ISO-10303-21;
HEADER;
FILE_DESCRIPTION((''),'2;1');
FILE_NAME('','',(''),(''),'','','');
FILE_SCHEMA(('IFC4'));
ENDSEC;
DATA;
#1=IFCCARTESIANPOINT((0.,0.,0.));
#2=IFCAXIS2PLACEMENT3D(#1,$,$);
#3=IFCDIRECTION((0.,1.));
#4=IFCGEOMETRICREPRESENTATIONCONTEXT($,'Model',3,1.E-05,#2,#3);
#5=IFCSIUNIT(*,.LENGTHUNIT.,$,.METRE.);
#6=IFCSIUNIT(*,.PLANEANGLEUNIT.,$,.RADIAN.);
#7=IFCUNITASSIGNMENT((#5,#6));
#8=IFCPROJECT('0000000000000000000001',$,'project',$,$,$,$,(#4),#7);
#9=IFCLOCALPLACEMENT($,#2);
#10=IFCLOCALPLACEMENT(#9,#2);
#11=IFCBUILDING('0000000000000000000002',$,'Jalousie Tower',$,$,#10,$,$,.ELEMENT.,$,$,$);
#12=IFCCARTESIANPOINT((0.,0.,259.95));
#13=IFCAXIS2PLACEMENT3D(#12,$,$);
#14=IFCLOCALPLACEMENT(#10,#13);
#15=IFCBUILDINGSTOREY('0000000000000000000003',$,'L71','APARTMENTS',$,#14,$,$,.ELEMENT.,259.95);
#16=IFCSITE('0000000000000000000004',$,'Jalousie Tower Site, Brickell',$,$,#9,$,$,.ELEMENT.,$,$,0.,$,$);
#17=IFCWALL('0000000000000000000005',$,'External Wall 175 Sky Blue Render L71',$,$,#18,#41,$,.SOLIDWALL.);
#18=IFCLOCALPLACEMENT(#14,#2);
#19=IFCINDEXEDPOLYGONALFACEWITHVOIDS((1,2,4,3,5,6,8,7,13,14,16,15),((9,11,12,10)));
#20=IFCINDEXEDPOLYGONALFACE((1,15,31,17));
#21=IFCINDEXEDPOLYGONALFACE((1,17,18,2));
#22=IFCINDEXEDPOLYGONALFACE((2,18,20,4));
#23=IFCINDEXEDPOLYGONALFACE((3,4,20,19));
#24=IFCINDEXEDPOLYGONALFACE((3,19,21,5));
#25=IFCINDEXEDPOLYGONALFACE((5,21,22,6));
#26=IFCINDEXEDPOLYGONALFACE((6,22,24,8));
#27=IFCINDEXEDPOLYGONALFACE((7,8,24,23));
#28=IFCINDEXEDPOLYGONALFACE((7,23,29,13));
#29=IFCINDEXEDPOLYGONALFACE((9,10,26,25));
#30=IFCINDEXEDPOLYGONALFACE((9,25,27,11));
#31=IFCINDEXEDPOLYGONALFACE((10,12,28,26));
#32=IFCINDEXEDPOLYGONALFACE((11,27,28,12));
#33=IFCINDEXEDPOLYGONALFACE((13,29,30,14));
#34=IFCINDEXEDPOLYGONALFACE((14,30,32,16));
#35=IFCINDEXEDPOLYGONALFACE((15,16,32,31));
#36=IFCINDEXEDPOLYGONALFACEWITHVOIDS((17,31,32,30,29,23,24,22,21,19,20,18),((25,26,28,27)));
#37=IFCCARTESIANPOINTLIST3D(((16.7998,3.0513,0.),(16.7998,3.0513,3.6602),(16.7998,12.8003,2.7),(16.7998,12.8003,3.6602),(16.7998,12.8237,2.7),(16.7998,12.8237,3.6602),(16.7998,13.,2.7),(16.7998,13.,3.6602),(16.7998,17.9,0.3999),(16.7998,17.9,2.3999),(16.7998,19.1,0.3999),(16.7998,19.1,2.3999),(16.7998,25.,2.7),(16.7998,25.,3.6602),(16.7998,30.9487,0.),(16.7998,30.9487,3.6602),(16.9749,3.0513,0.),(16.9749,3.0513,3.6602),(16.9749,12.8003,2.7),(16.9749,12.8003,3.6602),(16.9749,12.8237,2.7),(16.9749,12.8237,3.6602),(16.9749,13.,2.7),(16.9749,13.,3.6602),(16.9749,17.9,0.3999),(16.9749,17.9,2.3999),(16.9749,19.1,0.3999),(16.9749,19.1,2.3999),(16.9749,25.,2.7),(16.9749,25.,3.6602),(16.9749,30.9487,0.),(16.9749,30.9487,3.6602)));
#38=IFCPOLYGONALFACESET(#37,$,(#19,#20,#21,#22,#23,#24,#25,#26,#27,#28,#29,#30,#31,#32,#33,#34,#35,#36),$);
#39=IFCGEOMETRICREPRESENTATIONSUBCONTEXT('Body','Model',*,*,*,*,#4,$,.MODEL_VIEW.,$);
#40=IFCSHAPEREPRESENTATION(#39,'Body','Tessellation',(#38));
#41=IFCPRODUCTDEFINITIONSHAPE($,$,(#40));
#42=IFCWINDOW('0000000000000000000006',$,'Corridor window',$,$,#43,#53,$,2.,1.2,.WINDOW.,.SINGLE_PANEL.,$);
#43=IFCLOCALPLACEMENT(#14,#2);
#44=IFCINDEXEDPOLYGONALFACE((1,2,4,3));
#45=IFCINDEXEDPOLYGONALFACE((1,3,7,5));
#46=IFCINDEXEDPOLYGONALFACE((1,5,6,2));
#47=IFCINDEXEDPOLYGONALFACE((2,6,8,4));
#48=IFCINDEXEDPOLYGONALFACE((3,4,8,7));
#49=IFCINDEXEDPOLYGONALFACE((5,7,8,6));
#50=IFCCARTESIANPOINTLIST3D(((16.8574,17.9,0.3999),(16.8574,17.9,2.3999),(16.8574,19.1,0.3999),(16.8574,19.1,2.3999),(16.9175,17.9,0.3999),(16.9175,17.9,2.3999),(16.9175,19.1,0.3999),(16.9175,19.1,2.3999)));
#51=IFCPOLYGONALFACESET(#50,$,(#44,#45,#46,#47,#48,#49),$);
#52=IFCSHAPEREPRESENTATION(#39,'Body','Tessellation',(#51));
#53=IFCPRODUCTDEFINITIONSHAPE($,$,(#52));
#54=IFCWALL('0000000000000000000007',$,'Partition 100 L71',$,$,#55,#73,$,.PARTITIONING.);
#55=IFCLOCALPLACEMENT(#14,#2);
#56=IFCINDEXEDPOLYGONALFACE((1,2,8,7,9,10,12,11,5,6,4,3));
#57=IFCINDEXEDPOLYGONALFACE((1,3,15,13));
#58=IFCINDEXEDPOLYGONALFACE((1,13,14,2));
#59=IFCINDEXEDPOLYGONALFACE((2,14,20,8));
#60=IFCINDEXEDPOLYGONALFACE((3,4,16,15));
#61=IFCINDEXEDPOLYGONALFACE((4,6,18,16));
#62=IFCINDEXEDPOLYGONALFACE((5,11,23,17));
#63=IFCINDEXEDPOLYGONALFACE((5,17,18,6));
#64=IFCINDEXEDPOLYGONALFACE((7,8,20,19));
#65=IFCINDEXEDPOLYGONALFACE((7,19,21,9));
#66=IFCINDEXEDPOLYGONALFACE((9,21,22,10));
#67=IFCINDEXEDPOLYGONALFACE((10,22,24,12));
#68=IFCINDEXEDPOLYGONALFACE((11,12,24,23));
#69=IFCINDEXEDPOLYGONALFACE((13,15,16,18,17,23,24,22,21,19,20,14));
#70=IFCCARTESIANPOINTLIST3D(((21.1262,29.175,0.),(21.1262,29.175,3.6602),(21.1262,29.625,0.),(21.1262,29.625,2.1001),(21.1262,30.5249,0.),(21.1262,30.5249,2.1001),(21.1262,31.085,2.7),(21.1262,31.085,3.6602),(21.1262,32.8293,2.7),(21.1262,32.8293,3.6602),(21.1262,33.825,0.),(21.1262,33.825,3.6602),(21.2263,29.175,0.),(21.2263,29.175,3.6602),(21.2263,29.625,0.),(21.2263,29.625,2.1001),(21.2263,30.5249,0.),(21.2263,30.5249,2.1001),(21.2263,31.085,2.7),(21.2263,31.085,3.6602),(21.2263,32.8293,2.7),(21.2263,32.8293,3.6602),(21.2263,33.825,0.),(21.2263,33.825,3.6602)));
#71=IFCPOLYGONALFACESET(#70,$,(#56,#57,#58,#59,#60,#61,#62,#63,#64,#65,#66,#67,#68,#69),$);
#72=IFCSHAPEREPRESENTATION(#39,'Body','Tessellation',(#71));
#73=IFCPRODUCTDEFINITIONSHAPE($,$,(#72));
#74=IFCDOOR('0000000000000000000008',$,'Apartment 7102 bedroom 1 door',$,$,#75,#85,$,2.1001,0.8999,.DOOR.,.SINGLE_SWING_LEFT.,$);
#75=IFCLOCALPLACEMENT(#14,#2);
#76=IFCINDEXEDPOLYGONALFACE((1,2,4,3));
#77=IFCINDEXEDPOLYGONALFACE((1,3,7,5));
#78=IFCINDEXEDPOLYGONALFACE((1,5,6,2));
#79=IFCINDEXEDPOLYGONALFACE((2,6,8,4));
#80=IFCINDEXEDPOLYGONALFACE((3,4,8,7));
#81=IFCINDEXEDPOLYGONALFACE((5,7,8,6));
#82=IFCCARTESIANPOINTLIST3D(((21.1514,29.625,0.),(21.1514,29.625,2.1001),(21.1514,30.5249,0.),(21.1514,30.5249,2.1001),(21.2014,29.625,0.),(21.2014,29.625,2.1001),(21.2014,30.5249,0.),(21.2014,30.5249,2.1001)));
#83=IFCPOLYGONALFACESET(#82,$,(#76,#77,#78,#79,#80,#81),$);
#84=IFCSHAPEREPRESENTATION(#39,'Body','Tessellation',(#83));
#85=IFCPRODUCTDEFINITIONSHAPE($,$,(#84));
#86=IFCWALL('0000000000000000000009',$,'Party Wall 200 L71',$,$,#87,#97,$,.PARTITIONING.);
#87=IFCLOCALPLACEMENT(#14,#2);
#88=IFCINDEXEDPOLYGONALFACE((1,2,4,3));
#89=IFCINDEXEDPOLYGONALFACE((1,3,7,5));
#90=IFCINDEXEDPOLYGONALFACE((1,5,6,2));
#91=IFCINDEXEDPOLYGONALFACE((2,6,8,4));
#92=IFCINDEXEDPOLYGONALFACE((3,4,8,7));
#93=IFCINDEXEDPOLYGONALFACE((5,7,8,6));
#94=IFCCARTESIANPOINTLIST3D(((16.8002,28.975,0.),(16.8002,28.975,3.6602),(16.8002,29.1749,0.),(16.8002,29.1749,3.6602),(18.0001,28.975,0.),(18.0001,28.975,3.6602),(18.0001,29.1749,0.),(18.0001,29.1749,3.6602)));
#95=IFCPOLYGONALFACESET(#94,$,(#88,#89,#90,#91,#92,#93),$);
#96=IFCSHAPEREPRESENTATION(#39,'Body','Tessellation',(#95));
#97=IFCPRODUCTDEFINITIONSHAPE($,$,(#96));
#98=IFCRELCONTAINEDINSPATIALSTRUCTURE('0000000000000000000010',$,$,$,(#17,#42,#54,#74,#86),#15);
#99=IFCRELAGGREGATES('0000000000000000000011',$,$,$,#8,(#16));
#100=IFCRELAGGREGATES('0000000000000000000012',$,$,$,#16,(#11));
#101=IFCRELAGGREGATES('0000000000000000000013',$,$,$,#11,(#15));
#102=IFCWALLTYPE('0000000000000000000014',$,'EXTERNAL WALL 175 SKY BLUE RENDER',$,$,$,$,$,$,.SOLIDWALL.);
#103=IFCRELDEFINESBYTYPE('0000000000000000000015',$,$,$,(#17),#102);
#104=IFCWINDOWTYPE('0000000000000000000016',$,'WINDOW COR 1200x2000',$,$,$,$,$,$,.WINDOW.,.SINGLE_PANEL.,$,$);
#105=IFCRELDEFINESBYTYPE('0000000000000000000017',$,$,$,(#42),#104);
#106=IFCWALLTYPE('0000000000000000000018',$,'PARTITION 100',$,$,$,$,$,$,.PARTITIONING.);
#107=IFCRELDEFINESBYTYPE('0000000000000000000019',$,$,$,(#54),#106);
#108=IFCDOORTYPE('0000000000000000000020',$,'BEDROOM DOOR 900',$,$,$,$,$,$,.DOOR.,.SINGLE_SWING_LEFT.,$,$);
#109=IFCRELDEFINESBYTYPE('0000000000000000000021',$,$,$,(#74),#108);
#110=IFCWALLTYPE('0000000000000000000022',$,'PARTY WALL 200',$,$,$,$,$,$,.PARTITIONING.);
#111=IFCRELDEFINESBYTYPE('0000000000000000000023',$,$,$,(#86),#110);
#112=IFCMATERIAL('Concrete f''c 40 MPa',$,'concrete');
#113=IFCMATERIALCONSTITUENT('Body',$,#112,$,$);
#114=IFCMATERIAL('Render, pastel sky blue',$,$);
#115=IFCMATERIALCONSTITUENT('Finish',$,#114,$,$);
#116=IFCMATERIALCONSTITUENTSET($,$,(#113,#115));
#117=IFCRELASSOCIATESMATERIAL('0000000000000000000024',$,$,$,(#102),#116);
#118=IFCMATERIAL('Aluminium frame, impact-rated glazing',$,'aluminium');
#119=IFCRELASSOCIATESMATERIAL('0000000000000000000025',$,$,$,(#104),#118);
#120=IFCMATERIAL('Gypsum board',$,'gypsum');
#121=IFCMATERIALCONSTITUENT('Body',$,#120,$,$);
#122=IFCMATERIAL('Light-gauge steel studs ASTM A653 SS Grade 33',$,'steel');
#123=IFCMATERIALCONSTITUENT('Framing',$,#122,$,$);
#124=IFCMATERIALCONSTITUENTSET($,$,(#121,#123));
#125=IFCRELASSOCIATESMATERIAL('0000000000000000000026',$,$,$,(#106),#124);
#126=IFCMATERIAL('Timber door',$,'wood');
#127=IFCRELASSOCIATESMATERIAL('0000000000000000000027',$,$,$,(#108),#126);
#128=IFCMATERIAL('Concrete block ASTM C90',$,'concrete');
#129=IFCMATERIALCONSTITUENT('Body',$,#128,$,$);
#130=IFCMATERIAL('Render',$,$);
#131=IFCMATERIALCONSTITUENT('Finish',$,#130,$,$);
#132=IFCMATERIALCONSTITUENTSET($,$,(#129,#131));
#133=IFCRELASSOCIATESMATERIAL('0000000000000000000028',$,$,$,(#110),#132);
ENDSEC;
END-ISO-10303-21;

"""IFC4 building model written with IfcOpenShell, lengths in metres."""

from ifc_helpers import new_model, si_unit, direction, frame, frame_2d, origin, place, context, subcontext, project, spatial, polyline, rectangle, outline, extrude, material, constituent, constituent_set, type_object, element, fill, save


model = new_model("IFC4")

# Units and contexts
model_context = context("Model", 3, precision=1e-05, world=origin(), true_north=direction((0.0, 1.0)))
body_context = subcontext(model_context, "Body", "Model", "MODEL_VIEW")
ifc_project = project(units=[si_unit("LENGTHUNIT", "METRE"), si_unit("PLANEANGLEUNIT", "RADIAN")], contexts=[model_context])

# Site, building, storey
site_placement = place(None, origin())
site = spatial("IfcSite", under=ifc_project, at=site_placement, Name="Jalousie Tower Site, Brickell", CompositionType="ELEMENT", RefElevation=0.0)
building_placement = place(site_placement, origin())
building = spatial("IfcBuilding", under=site, at=building_placement, Name="Jalousie Tower", CompositionType="ELEMENT")
storey_placement = place(building_placement, frame((0.0, 0.0, 259.95)))
storey = spatial("IfcBuildingStorey", under=building, at=storey_placement, Name="L71", Description="APARTMENTS", CompositionType="ELEMENT", Elevation=259.95)

# Wall, opening, window
ifc_material_1 = material(Name="Concrete f'c 40 MPa", Category="concrete")
ifc_constituent_1 = constituent(ifc_material_1, Name="Body")
ifc_material_2 = material(Name="Render, pastel sky blue")
ifc_constituent_2 = constituent(ifc_material_2, Name="Finish")
ifc_constituent_set_1 = constituent_set(constituents=[ifc_constituent_1, ifc_constituent_2])
wall_type_1 = type_object("IfcWallType", Name="EXTERNAL WALL 175 SKY BLUE RENDER", PredefinedType="SOLIDWALL", material=ifc_constituent_set_1)
wall_1_placement = place(storey_placement, frame((16.8875, 30.9487, 0.0), z_axis=(0.0, 0.0, 1.0), x_axis=(0.0, -1.0, 0.0)))
wall_1 = element("IfcWall", 1, at=wall_1_placement, inside=storey, type_object=wall_type_1, Name="External Wall 175 Sky Blue Render L71", PredefinedType="SOLIDWALL", context=body_context, shape_type="SweptSolid", body=[
    extrude(outline(polyline([(0.0, 0.0), (27.8975, 0.0), (27.8975, 3.6602), (18.1484, 3.6602), (18.1484, 2.7), (18.125, 2.7), (18.125, 3.6602), (17.9487, 3.6602), (17.9487, 2.7), (5.9487, 2.7), (5.9487, 3.6602), (0.0, 3.6602), (0.0, 0.0)])), frame((0.0, 0.0874, 0.0), z_axis=(0.0, -1.0, 0.0), x_axis=(1.0, 0.0, 0.0)), (0.0, 0.0, 1.0), 0.175),
])
opening_1_placement = place(wall_1_placement, frame((11.8486, 0.0, 0.3999)))
opening_1 = element("IfcOpeningElement", 2, at=opening_1_placement, cuts=wall_1, PredefinedType="OPENING", context=body_context, shape_type="SweptSolid", body=[
    extrude(rectangle(XDim=1.2, YDim=2.0, at=frame_2d((0.6001, 1.0))), frame((0.0, 0.0974, 0.0), z_axis=(0.0, -1.0, 0.0), x_axis=(1.0, 0.0, 0.0)), (0.0, 0.0, 1.0), 0.1951),
])
ifc_material_3 = material(Name="Aluminium frame, impact-rated glazing", Category="aluminium")
window_type = type_object("IfcWindowType", Name="WINDOW COR 1200x2000", PartitioningType="SINGLE_PANEL", PredefinedType="WINDOW", material=ifc_material_3)
window_placement = place(opening_1_placement, origin())
window = element("IfcWindow", 3, at=window_placement, inside=storey, type_object=window_type, Name="Corridor window", OverallHeight=2.0, OverallWidth=1.2, PartitioningType="SINGLE_PANEL", PredefinedType="WINDOW", context=body_context, shape_type="SweptSolid", body=[
    extrude(rectangle(XDim=1.2, YDim=2.0, at=frame_2d((0.6001, 1.0))), frame((0.0, 0.03, 0.0), z_axis=(0.0, -1.0, 0.0), x_axis=(1.0, 0.0, 0.0)), (0.0, 0.0, 1.0), 0.0601),
])
fill(opening_1, window)

# Wall, opening, door
ifc_material_4 = material(Name="Gypsum board", Category="gypsum")
ifc_constituent_3 = constituent(ifc_material_4, Name="Body")
ifc_material_5 = material(Name="Light-gauge steel studs ASTM A653 SS Grade 33", Category="steel")
ifc_constituent_4 = constituent(ifc_material_5, Name="Framing")
ifc_constituent_set_2 = constituent_set(constituents=[ifc_constituent_3, ifc_constituent_4])
wall_type_2 = type_object("IfcWallType", Name="PARTITION 100", PredefinedType="PARTITIONING", material=ifc_constituent_set_2)
wall_2_placement = place(storey_placement, frame((21.1763, 33.825, 0.0), z_axis=(0.0, 0.0, 1.0), x_axis=(0.0, -1.0, 0.0)))
wall_2 = element("IfcWall", 4, at=wall_2_placement, inside=storey, type_object=wall_type_2, Name="Partition 100 L71", PredefinedType="PARTITIONING", context=body_context, shape_type="SweptSolid", body=[
    extrude(outline(polyline([(0.0, 0.0), (4.6499, 0.0), (4.6499, 3.6602), (2.74, 3.6602), (2.74, 2.7), (0.9956, 2.7), (0.9956, 3.6602), (0.0, 3.6602), (0.0, 0.0)])), frame((0.0, 0.05, 0.0), z_axis=(0.0, -1.0, 0.0), x_axis=(1.0, 0.0, 0.0)), (0.0, 0.0, 1.0), 0.1001),
])
opening_2_placement = place(wall_2_placement, frame((3.3, 0.0, 0.0)))
opening_2 = element("IfcOpeningElement", 5, at=opening_2_placement, cuts=wall_2, PredefinedType="OPENING", context=body_context, shape_type="SweptSolid", body=[
    extrude(rectangle(XDim=0.8999, YDim=2.1001, at=frame_2d((0.45, 1.05))), frame((0.0, 0.0601, 0.0), z_axis=(0.0, -1.0, 0.0), x_axis=(1.0, 0.0, 0.0)), (0.0, 0.0, 1.0), 0.1201),
])
ifc_material_6 = material(Name="Timber door", Category="wood")
door_type_1 = type_object("IfcDoorType", Name="BEDROOM DOOR 900", OperationType="SINGLE_SWING_LEFT", PredefinedType="DOOR", material=ifc_material_6)
door_1_placement = place(opening_2_placement, frame((0.8999, 0.0, 0.0), z_axis=(0.0, 0.0, 1.0), x_axis=(-1.0, 0.0, 0.0)))
door_1 = element("IfcDoor", 6, at=door_1_placement, inside=storey, type_object=door_type_1, Name="Apartment 7102 bedroom 1 door", OperationType="SINGLE_SWING_LEFT", OverallHeight=2.1001, OverallWidth=0.8999, PredefinedType="DOOR", context=body_context, shape_type="SweptSolid", body=[
    extrude(rectangle(XDim=0.8999, YDim=2.1001, at=frame_2d((0.45, 1.05))), frame((0.0, 0.0249, 0.0), z_axis=(0.0, -1.0, 0.0), x_axis=(1.0, 0.0, 0.0)), (0.0, 0.0, 1.0), 0.05),
])
fill(opening_2, door_1)

# Wall
ifc_material_7 = material(Name="Concrete block ASTM C90", Category="concrete")
ifc_constituent_5 = constituent(ifc_material_7, Name="Body")
ifc_material_8 = material(Name="Render")
ifc_constituent_6 = constituent(ifc_material_8, Name="Finish")
ifc_constituent_set_3 = constituent_set(constituents=[ifc_constituent_5, ifc_constituent_6])
wall_type_3 = type_object("IfcWallType", Name="PARTY WALL 200", PredefinedType="PARTITIONING", material=ifc_constituent_set_3)
wall_3_placement = place(storey_placement, frame((16.8, 29.075, 0.0), z_axis=(0.0, 0.0, 1.0), x_axis=(1.0, 0.0, 0.0)))
element("IfcWall", 7, at=wall_3_placement, inside=storey, type_object=wall_type_3, Name="Party Wall 200 L71", PredefinedType="PARTITIONING", context=body_context, shape_type="SweptSolid", body=[
    extrude(rectangle(XDim=1.2, YDim=0.2, at=frame_2d((0.6001, 0.0))), origin(), (0.0, 0.0, 1.0), 3.6602),
])

save(model, "model.ifc")
